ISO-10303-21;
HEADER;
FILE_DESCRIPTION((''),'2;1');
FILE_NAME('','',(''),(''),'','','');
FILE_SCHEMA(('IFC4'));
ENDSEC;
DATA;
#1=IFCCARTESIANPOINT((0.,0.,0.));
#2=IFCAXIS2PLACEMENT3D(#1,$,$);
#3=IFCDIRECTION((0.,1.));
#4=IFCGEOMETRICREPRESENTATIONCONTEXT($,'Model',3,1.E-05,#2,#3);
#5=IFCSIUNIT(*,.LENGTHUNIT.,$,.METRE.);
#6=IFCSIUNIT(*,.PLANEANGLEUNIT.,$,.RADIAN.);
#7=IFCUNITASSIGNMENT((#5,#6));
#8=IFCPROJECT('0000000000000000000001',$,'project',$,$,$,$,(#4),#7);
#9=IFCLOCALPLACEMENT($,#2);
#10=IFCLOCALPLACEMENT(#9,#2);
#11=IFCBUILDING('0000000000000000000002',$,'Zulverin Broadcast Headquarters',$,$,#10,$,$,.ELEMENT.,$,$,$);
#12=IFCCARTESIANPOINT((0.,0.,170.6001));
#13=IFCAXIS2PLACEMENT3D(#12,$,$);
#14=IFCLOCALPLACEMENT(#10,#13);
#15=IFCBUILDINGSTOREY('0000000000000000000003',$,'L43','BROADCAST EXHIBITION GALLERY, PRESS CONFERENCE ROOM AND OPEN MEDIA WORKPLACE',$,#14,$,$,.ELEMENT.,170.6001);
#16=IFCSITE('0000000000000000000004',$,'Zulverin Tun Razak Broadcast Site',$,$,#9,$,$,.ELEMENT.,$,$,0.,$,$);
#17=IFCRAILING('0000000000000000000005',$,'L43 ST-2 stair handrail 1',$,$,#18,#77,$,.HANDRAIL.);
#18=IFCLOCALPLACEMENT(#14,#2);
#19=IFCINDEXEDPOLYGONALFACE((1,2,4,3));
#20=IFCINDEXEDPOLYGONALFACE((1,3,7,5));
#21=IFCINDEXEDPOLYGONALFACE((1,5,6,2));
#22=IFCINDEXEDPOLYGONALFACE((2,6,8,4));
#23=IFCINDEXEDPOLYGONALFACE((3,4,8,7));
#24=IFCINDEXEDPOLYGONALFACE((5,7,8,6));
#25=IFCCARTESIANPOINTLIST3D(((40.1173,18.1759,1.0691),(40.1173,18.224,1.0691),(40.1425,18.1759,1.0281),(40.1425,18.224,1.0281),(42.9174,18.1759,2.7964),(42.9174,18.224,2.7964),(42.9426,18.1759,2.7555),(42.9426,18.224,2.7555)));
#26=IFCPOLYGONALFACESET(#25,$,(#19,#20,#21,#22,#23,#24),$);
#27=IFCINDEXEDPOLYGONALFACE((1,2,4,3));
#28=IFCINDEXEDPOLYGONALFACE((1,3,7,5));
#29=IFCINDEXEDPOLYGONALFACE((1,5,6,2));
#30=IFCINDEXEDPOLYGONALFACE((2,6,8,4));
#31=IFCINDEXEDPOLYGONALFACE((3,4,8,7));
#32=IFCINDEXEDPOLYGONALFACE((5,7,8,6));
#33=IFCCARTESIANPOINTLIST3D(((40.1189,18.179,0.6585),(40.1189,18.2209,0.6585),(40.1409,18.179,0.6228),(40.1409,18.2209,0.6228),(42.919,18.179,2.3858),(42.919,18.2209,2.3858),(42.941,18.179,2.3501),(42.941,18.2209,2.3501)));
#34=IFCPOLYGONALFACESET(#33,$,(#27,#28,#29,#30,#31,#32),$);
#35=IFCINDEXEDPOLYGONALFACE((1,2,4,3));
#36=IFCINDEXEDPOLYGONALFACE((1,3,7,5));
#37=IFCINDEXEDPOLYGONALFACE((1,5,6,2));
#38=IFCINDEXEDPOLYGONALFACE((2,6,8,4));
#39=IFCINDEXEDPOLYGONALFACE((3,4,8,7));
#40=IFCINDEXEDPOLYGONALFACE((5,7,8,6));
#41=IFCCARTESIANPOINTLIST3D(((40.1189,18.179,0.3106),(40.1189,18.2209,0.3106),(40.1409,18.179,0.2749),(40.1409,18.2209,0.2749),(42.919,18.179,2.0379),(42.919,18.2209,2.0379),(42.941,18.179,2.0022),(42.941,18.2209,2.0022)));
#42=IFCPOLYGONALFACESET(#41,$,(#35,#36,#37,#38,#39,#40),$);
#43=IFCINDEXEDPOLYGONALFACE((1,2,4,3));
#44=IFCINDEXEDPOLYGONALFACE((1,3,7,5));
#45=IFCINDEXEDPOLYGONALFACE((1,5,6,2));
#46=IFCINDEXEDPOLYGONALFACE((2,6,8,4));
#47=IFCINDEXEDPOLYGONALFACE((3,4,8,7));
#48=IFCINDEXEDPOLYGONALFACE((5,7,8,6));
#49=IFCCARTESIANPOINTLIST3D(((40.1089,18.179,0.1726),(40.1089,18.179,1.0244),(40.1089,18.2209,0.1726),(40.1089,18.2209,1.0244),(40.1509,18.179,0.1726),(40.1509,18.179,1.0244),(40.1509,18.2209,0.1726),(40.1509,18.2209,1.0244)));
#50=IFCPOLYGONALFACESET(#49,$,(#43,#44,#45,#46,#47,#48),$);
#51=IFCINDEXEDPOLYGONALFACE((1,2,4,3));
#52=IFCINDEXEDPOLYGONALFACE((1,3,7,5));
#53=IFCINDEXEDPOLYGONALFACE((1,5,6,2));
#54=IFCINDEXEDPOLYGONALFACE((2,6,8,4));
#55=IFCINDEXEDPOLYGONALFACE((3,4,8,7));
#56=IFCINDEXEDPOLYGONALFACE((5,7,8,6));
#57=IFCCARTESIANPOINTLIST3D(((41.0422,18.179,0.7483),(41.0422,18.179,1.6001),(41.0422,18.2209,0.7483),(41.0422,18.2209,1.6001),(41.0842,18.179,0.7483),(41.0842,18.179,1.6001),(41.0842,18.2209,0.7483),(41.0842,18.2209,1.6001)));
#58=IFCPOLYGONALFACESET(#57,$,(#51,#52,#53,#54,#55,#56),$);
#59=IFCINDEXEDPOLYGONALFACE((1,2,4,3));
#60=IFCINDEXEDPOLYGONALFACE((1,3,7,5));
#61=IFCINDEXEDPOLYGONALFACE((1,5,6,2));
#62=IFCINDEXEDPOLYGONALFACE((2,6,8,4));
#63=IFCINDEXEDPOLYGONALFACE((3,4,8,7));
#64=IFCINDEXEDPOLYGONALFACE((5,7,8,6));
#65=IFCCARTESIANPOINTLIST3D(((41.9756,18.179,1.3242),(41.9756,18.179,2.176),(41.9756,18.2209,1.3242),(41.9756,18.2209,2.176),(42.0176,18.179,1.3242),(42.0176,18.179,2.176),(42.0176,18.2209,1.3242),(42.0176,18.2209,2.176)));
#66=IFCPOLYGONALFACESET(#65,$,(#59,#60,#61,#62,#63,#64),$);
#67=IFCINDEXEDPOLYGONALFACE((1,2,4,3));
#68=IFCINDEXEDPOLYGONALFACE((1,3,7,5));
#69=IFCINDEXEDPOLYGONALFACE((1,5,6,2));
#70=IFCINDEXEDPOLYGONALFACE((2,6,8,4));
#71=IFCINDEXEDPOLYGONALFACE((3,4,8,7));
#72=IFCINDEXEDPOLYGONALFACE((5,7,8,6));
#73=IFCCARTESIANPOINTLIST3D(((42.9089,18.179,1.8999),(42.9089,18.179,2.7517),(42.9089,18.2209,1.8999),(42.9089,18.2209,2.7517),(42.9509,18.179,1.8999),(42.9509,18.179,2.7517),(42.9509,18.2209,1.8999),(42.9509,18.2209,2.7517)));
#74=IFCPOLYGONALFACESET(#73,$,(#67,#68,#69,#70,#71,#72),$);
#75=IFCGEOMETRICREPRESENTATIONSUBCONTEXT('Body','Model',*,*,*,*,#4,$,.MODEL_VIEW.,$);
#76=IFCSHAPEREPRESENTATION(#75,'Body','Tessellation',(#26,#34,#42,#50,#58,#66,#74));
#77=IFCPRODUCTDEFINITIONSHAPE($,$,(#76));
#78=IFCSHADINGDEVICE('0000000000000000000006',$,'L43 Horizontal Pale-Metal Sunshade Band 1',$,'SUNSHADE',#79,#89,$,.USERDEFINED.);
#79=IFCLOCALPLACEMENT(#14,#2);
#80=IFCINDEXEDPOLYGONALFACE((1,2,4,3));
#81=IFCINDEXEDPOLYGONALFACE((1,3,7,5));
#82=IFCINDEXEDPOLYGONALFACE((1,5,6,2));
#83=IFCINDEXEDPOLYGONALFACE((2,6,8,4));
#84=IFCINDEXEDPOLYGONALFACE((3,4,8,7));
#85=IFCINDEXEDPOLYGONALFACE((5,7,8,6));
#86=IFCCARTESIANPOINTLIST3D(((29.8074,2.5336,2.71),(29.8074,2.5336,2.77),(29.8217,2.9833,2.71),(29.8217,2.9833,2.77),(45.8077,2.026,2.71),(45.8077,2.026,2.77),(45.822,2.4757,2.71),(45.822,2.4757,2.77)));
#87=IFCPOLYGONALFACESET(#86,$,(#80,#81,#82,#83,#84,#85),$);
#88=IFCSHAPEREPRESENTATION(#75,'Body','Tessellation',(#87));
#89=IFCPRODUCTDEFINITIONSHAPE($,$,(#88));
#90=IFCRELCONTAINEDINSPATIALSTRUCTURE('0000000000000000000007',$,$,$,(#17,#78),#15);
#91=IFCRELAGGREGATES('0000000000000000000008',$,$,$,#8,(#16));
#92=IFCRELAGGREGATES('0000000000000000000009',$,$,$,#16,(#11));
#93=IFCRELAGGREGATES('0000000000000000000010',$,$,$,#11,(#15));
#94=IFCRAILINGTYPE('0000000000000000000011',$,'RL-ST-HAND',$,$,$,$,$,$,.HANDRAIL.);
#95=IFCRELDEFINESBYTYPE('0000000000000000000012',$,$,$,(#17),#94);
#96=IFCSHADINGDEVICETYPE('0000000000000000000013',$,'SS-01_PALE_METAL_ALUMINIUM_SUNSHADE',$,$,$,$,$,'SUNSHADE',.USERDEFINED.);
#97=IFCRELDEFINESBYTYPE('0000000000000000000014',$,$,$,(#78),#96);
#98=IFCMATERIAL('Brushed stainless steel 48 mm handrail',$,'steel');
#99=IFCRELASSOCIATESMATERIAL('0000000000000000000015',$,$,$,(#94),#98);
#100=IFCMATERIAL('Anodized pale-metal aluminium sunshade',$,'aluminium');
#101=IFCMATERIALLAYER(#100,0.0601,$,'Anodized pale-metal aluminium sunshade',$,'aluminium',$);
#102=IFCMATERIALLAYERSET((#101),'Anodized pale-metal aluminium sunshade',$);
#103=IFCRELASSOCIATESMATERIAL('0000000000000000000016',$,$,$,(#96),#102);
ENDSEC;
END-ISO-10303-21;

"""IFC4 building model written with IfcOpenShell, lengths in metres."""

from ifc_helpers import new_model, si_unit, direction, frame, origin, origin_2d, place, context, subcontext, project, spatial, rectangle, extrude, material, layer, layer_set, type_object, element, save


model = new_model("IFC4")

# Units and contexts
model_context = context("Model", 3, precision=1e-05, world=origin(), true_north=direction((0.0, 1.0)))
body_context = subcontext(model_context, "Body", "Model", "MODEL_VIEW")
ifc_project = project(units=[si_unit("LENGTHUNIT", "METRE"), si_unit("PLANEANGLEUNIT", "RADIAN")], contexts=[model_context])

# Site, building, storey
site_placement = place(None, origin())
site = spatial("IfcSite", under=ifc_project, at=site_placement, Name="Zulverin Tun Razak Broadcast Site", CompositionType="ELEMENT", RefElevation=0.0)
building_placement = place(site_placement, origin())
building = spatial("IfcBuilding", under=site, at=building_placement, Name="Zulverin Broadcast Headquarters", CompositionType="ELEMENT")
storey_placement = place(building_placement, frame((0.0, 0.0, 170.6001)))
storey = spatial("IfcBuildingStorey", under=building, at=storey_placement, Name="L43", Description="BROADCAST EXHIBITION GALLERY, PRESS CONFERENCE ROOM AND OPEN MEDIA WORKPLACE", CompositionType="ELEMENT", Elevation=170.6001)

# Railing
ifc_material_1 = material(Name="Brushed stainless steel 48 mm handrail", Category="steel")
railing_type_1 = type_object("IfcRailingType", Name="RL-ST-HAND", PredefinedType="HANDRAIL", material=ifc_material_1)
railing_1_placement = place(storey_placement, frame((40.1299, 18.2, 0.1726)))
element("IfcRailing", 1, at=railing_1_placement, inside=storey, type_object=railing_type_1, Name="L43 ST-2 stair handrail 1", PredefinedType="HANDRAIL", context=body_context, shape_type="SweptSolid", body=[
    extrude(rectangle(XDim=0.0481, YDim=0.0481, at=origin_2d()), frame((0.0, 0.0, 0.876), z_axis=(0.85109, 0.0, 0.52502), x_axis=(0.0, 1.0, 0.0)), (0.0, 0.0, 1.0), 3.29),
    extrude(rectangle(XDim=0.042, YDim=0.042, at=origin_2d()), frame((0.0, 0.0, 0.468), z_axis=(0.85109, 0.0, 0.52502), x_axis=(0.0, 1.0, 0.0)), (0.0, 0.0, 1.0), 3.29),
    extrude(rectangle(XDim=0.042, YDim=0.042, at=origin_2d()), frame((0.0, 0.0, 0.1201), z_axis=(0.85109, 0.0, 0.52502), x_axis=(0.0, 1.0, 0.0)), (0.0, 0.0, 1.0), 3.29),
    extrude(rectangle(XDim=0.042, YDim=0.042, at=origin_2d()), origin(), (0.0, 0.0, 1.0), 0.8518),
    extrude(rectangle(XDim=0.042, YDim=0.042, at=origin_2d()), frame((0.9333, 0.0, 0.5757)), (0.0, 0.0, 1.0), 0.8518),
    extrude(rectangle(XDim=0.042, YDim=0.042, at=origin_2d()), frame((1.8667, 0.0, 1.1516)), (0.0, 0.0, 1.0), 0.8518),
    extrude(rectangle(XDim=0.042, YDim=0.042, at=origin_2d()), frame((2.8, 0.0, 1.7273)), (0.0, 0.0, 1.0), 0.8518),
])

# Shading device
ifc_material_2 = material(Name="Anodized pale-metal aluminium sunshade", Category="aluminium")
ifc_layer_1 = layer(ifc_material_2, 0.0601, Name="Anodized pale-metal aluminium sunshade", Category="aluminium")
ifc_layer_set_1 = layer_set([ifc_layer_1], Name="Anodized pale-metal aluminium sunshade")
shading_device_type = type_object("IfcShadingDeviceType", Name="SS-01_PALE_METAL_ALUMINIUM_SUNSHADE", ElementType="SUNSHADE", PredefinedType="USERDEFINED", material=ifc_layer_set_1)
shading_device_placement = place(storey_placement, frame((37.8147, 2.5046, 2.71), z_axis=(0.0, 0.0, 1.0), x_axis=(0.999497, -0.031709, 0.0)))
element("IfcShadingDevice", 2, at=shading_device_placement, inside=storey, type_object=shading_device_type, Name="L43 Horizontal Pale-Metal Sunshade Band 1", ObjectType="SUNSHADE", PredefinedType="USERDEFINED", context=body_context, shape_type="SweptSolid", body=[
    extrude(rectangle(XDim=16.0083, YDim=0.45, at=origin_2d()), origin(), (0.0, 0.0, 1.0), 0.0601),
])

save(model, "model.ifc")
